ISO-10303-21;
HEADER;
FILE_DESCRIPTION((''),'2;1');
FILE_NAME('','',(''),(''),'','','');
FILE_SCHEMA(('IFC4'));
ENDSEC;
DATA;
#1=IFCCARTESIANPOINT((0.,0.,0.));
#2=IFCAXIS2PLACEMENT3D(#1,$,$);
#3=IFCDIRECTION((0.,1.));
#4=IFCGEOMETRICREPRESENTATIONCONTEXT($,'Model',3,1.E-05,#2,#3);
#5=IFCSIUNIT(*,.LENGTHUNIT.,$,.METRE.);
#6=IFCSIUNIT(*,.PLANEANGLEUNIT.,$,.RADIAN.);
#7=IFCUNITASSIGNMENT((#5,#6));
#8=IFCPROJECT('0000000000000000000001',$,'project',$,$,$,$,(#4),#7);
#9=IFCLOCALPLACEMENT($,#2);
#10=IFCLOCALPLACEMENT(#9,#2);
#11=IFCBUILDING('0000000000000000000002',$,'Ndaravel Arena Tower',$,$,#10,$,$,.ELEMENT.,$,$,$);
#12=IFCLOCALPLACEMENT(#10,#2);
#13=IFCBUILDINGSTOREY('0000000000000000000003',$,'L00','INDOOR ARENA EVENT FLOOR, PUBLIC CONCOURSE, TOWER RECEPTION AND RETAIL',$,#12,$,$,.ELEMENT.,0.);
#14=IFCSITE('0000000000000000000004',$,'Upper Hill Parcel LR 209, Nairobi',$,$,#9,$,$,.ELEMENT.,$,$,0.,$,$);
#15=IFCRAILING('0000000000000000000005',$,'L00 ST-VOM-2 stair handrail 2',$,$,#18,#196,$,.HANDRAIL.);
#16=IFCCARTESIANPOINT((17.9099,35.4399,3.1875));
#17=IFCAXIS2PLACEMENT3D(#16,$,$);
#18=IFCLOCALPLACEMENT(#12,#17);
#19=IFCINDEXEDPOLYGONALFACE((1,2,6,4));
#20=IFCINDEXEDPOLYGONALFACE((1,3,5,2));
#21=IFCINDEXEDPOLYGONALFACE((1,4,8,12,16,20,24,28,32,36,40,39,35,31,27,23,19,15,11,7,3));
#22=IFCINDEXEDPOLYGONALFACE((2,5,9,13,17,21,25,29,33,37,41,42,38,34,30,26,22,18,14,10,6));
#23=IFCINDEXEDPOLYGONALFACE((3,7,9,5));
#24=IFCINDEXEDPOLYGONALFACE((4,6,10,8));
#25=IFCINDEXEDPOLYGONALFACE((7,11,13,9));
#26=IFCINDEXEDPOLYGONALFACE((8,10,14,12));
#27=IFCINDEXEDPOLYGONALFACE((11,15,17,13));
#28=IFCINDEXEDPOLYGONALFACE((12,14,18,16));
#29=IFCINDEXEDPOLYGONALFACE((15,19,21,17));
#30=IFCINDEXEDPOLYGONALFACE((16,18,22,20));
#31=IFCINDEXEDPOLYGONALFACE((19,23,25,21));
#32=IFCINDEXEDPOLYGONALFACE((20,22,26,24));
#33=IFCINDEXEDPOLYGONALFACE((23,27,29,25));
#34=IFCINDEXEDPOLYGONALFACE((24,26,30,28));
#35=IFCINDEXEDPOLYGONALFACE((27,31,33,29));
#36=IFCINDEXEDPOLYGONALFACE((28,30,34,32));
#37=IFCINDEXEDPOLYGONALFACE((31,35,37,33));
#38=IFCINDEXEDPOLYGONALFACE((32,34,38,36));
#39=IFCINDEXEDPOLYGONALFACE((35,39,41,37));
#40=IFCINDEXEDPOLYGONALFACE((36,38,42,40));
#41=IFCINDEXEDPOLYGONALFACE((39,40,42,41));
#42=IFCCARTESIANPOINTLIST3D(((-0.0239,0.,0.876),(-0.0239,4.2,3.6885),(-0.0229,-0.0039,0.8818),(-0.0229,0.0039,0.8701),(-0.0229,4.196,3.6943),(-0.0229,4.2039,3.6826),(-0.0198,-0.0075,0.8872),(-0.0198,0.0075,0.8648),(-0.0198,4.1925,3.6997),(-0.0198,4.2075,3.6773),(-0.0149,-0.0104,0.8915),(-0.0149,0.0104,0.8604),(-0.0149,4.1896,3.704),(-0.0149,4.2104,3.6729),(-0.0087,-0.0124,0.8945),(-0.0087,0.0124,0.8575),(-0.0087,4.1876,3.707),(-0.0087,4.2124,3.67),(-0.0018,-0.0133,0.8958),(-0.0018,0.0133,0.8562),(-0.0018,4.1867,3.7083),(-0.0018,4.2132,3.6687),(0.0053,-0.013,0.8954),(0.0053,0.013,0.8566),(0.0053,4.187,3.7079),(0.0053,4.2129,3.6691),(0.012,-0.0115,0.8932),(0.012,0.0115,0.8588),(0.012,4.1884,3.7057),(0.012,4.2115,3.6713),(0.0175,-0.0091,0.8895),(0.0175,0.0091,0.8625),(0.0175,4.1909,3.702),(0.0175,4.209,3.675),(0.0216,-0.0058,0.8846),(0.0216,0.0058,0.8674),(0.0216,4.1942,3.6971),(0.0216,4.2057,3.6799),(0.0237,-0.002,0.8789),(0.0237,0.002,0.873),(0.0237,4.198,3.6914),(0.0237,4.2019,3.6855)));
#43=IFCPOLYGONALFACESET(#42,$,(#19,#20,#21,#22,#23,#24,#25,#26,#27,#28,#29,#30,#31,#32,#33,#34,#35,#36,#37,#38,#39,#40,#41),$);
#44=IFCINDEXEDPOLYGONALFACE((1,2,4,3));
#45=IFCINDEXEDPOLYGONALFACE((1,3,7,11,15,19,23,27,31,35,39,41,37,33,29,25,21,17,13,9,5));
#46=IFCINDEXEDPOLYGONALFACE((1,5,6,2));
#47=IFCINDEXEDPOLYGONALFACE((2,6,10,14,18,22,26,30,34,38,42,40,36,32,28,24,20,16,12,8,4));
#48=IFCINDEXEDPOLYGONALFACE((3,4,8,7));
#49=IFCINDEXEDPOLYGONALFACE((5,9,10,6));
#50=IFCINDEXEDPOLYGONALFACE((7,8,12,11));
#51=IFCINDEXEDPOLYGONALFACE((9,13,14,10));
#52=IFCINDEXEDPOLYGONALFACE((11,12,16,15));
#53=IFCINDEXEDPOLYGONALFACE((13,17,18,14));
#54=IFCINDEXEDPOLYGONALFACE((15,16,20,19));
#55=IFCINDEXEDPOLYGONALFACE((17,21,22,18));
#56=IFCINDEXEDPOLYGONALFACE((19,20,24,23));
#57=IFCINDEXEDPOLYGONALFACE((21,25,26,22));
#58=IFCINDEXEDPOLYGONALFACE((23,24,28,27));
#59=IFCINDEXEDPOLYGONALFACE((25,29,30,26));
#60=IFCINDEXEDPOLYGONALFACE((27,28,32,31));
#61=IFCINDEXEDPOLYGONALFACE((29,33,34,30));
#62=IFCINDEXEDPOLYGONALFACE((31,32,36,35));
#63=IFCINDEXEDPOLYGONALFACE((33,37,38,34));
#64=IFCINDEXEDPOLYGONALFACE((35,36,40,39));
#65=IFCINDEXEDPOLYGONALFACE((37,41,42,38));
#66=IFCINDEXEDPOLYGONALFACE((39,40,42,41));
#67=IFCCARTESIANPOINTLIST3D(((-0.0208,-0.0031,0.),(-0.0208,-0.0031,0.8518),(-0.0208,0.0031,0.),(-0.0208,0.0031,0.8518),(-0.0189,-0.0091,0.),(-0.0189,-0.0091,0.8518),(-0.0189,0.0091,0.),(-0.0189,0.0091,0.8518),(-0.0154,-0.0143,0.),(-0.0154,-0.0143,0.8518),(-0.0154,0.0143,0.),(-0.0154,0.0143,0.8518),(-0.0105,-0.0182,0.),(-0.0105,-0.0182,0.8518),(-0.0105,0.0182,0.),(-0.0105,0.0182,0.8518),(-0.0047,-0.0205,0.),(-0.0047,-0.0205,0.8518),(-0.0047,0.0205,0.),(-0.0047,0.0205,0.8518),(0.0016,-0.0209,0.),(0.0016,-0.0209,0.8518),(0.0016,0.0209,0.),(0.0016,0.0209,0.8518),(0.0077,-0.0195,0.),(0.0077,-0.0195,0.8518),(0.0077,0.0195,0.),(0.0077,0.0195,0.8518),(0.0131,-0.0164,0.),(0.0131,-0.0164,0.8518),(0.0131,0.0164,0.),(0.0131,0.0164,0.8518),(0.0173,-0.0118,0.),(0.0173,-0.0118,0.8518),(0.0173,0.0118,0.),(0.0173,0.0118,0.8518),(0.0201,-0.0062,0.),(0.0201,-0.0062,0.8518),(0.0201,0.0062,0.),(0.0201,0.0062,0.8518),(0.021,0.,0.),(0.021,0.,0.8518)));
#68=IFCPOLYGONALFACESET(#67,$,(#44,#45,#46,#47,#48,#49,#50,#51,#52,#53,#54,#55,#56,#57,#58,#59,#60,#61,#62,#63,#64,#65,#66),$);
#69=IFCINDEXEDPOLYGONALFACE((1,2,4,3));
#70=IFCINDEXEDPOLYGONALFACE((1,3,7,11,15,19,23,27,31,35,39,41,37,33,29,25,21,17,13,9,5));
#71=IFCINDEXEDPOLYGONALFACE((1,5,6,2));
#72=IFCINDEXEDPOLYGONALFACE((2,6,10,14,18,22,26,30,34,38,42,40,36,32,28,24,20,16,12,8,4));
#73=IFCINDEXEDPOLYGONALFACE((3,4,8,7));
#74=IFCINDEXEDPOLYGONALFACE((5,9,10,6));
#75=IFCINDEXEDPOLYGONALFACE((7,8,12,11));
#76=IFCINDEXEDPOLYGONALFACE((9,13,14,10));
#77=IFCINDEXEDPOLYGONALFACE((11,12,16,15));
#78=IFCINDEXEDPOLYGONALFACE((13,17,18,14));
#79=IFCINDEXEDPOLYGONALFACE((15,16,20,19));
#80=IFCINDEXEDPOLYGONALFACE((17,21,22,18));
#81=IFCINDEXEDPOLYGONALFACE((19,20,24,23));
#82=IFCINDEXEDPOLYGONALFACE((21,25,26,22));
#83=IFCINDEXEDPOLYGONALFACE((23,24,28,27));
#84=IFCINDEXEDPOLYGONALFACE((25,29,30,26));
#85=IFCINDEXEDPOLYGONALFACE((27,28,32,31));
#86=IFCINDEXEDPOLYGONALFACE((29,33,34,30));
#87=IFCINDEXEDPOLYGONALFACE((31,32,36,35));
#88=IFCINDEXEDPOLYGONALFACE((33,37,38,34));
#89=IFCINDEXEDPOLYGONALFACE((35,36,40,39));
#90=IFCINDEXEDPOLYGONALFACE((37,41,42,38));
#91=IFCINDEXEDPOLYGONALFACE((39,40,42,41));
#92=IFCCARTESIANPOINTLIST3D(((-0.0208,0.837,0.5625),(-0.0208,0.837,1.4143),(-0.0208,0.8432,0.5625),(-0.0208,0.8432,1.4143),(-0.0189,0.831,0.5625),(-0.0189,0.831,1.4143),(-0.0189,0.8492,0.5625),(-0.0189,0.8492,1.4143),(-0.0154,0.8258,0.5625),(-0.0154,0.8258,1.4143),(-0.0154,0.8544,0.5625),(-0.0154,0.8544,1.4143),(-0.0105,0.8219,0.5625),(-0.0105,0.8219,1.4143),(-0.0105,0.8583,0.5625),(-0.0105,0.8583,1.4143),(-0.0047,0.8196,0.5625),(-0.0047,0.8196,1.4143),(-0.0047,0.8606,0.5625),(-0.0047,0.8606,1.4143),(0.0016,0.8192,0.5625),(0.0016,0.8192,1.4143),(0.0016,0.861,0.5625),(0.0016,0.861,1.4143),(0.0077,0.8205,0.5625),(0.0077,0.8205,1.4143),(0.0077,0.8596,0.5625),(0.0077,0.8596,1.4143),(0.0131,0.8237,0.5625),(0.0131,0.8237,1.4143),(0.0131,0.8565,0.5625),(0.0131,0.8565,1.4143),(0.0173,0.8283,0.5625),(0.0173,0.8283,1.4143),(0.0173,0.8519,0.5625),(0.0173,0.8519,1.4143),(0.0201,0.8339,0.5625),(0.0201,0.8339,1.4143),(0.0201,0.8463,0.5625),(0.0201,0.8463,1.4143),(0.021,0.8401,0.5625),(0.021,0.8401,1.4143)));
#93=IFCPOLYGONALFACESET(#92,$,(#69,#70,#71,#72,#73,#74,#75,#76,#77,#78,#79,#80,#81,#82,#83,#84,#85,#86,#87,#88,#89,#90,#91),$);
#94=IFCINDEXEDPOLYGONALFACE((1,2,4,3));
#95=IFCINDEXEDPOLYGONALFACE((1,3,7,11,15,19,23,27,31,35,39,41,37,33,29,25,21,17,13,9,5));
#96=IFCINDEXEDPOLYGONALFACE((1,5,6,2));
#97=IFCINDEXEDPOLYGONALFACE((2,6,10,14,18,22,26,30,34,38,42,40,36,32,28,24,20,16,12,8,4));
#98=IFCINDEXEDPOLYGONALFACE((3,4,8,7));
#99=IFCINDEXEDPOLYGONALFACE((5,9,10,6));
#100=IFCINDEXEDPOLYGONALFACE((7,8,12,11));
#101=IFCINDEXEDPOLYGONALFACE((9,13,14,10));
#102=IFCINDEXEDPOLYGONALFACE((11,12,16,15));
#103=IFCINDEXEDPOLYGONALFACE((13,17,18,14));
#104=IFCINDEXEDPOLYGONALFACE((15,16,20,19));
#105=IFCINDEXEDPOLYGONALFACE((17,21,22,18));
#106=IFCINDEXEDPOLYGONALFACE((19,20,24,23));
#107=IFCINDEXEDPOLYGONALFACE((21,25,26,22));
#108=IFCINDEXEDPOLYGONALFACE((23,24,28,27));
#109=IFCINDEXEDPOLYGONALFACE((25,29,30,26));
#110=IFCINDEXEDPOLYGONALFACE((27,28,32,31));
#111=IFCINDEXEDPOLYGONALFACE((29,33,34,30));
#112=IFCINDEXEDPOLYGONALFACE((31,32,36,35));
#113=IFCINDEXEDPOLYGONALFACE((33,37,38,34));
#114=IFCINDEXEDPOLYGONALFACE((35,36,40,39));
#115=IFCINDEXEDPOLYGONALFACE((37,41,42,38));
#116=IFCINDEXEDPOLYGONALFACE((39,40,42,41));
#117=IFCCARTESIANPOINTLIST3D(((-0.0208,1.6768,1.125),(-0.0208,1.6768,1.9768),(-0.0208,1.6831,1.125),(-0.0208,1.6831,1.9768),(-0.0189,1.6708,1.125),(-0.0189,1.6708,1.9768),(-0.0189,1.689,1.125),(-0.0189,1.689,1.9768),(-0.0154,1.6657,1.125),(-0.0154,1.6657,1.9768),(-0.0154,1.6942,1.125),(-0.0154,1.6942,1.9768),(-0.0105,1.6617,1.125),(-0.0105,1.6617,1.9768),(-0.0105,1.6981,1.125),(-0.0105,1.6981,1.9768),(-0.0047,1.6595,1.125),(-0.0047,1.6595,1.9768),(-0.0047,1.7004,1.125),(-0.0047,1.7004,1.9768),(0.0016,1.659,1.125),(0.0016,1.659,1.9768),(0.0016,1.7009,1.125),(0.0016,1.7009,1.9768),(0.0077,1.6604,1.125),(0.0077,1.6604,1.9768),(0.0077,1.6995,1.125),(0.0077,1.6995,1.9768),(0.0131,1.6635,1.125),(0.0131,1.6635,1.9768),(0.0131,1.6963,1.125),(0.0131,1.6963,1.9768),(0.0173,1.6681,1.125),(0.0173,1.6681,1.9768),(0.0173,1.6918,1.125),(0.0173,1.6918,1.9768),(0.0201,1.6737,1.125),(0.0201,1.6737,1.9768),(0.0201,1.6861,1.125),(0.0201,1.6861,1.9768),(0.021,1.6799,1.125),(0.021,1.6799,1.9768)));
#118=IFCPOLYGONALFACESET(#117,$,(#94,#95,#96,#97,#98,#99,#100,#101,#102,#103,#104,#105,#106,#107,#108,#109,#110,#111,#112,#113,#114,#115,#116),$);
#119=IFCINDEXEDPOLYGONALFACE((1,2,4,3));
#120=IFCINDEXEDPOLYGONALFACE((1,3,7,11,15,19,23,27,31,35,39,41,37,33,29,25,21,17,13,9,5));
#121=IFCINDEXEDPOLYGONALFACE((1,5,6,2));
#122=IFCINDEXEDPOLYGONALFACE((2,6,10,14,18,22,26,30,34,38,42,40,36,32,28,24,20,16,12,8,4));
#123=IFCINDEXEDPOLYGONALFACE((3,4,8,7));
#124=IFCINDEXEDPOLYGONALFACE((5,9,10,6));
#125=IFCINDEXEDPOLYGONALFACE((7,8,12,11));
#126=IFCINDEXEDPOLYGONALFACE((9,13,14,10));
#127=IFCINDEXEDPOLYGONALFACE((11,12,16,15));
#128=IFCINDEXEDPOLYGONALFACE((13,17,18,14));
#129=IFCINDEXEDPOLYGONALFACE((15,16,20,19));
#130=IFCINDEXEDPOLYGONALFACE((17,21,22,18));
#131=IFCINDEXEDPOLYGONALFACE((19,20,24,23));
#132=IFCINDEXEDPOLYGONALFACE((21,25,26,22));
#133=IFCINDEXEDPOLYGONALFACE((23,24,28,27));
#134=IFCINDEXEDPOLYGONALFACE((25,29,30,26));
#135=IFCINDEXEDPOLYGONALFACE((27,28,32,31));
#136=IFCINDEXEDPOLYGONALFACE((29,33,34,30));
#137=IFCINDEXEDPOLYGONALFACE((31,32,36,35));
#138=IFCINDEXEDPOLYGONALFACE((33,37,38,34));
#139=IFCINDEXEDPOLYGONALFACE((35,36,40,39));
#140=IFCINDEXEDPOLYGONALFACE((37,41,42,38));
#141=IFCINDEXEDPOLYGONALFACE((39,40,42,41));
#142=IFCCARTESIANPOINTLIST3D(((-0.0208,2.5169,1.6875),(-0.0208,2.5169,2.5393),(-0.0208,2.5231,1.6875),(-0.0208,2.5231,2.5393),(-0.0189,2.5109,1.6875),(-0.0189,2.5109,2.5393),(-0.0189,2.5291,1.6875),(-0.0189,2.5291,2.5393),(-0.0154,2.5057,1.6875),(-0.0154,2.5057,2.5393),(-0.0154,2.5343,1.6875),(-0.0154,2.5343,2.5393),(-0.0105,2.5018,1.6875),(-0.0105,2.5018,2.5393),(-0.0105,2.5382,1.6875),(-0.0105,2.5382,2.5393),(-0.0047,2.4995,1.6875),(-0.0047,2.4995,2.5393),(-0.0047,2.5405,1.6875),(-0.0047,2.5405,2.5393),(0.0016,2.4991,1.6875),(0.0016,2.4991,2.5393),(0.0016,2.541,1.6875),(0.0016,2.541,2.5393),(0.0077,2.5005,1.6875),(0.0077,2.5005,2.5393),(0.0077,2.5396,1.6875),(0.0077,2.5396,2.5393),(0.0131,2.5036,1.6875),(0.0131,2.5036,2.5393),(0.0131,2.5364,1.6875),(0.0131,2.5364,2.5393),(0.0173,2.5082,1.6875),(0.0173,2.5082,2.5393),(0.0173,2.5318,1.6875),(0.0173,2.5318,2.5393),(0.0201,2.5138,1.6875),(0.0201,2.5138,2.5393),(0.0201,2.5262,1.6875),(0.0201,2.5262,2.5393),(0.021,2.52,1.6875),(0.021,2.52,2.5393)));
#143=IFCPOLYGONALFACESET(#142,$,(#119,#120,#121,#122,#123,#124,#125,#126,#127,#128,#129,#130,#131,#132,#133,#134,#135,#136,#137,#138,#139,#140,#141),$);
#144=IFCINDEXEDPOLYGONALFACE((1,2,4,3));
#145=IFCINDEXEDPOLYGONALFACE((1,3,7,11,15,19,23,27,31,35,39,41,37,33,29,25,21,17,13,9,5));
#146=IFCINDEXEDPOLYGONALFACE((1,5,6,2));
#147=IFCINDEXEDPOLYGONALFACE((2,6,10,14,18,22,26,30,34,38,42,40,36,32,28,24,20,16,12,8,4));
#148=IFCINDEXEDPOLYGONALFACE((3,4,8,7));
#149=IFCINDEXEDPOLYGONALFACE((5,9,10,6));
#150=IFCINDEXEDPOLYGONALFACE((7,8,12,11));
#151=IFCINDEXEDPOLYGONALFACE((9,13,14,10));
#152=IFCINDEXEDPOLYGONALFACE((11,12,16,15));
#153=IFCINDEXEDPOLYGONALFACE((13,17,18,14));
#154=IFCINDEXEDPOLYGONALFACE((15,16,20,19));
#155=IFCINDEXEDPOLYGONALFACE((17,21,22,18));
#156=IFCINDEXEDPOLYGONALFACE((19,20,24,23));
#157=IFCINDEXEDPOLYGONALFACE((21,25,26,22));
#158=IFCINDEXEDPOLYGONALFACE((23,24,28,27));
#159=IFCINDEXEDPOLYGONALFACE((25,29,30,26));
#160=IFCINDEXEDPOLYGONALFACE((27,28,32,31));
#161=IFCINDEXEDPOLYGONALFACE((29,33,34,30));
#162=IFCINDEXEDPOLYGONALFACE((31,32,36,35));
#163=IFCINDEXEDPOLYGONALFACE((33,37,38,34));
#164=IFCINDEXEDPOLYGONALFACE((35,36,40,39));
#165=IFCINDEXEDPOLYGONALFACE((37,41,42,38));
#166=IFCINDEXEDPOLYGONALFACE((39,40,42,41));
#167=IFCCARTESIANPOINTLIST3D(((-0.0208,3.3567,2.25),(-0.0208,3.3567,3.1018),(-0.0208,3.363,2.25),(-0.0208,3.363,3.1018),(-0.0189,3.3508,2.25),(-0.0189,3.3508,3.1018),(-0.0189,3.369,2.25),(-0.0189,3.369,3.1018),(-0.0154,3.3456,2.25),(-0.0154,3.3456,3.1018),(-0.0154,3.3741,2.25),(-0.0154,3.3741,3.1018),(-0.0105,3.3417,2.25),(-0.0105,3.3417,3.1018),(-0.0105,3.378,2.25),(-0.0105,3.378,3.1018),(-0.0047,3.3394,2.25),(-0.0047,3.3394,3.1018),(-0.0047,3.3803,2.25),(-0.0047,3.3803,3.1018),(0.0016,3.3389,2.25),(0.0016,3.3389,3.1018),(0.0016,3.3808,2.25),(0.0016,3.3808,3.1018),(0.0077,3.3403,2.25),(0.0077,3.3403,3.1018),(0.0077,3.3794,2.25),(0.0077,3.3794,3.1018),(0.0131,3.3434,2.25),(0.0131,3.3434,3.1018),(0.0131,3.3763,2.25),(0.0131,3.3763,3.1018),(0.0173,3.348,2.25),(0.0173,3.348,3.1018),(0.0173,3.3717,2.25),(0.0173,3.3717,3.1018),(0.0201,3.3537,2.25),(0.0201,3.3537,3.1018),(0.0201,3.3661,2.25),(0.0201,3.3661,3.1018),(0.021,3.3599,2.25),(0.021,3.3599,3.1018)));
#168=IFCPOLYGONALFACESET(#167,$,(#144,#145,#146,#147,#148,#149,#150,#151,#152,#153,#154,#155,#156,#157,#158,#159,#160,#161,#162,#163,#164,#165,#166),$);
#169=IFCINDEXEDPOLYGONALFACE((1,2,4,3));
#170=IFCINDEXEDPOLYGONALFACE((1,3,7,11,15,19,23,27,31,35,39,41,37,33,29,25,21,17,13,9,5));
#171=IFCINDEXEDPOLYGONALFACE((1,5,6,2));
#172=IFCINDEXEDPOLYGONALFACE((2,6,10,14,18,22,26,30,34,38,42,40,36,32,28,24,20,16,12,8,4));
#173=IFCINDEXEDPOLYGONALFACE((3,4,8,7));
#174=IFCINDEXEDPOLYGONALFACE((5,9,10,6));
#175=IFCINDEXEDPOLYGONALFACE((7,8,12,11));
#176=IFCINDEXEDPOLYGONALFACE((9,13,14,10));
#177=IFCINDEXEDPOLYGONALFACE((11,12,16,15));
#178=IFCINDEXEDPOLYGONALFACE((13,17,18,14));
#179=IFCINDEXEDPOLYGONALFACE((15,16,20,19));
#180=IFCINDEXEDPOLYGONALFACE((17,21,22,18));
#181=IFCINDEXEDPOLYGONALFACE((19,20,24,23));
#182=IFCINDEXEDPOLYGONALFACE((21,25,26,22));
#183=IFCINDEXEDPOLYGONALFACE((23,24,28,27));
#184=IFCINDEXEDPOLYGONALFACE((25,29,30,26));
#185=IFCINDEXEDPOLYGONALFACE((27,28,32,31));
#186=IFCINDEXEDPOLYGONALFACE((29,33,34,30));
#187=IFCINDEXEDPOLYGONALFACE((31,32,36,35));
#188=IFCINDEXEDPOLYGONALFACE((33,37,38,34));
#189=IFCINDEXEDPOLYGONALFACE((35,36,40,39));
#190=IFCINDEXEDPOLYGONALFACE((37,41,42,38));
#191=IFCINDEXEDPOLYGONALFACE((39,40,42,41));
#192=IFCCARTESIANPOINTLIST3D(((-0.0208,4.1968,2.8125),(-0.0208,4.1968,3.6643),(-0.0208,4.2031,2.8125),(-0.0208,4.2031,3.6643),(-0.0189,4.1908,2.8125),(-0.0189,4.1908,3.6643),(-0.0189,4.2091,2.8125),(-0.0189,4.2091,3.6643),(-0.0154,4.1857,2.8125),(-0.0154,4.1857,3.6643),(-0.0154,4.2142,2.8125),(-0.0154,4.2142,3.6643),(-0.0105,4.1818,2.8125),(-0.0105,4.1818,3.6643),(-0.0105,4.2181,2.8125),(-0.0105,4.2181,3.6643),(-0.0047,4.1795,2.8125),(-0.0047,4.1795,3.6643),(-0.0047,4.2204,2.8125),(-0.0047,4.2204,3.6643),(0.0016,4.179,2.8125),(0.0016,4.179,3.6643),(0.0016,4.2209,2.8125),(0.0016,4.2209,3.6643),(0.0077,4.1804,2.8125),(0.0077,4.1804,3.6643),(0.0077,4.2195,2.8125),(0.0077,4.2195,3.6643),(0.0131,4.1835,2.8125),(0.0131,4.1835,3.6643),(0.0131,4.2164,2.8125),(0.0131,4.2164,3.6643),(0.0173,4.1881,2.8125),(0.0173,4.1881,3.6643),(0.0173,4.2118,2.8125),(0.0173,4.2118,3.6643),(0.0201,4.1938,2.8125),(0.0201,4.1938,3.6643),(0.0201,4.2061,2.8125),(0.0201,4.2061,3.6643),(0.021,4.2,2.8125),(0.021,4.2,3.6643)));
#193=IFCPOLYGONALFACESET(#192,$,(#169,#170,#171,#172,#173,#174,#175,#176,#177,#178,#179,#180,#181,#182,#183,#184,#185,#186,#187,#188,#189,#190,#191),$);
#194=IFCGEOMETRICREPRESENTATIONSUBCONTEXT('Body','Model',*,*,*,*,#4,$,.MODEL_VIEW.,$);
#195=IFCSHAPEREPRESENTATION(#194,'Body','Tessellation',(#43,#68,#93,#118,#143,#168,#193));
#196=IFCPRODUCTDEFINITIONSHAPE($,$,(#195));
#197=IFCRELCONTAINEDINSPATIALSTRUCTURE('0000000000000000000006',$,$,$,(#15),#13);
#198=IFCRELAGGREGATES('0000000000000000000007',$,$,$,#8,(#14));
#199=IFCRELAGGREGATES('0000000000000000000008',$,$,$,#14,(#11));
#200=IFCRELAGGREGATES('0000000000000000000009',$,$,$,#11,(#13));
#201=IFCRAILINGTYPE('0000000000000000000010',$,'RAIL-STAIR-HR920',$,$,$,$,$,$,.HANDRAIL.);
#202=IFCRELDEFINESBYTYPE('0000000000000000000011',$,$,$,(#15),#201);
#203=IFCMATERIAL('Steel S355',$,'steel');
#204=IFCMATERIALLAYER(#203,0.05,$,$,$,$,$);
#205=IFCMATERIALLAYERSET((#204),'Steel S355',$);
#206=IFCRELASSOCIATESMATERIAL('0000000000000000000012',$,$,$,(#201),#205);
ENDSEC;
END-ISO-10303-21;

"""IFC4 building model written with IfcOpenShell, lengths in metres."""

from ifc_helpers import new_model, si_unit, direction, frame, origin, origin_2d, place, context, subcontext, project, spatial, circle, extrude, material, layer, layer_set, type_object, element, save


model = new_model("IFC4")

# Units and contexts
model_context = context("Model", 3, precision=1e-05, world=origin(), true_north=direction((0.0, 1.0)))
body_context = subcontext(model_context, "Body", "Model", "MODEL_VIEW")
ifc_project = project(units=[si_unit("LENGTHUNIT", "METRE"), si_unit("PLANEANGLEUNIT", "RADIAN")], contexts=[model_context])

# Site, building, storey
site_placement = place(None, origin())
site = spatial("IfcSite", under=ifc_project, at=site_placement, Name="Upper Hill Parcel LR 209, Nairobi", CompositionType="ELEMENT", RefElevation=0.0)
building_placement = place(site_placement, origin())
building = spatial("IfcBuilding", under=site, at=building_placement, Name="Ndaravel Arena Tower", CompositionType="ELEMENT")
storey_placement = place(building_placement, origin())
storey = spatial("IfcBuildingStorey", under=building, at=storey_placement, Name="L00", Description="INDOOR ARENA EVENT FLOOR, PUBLIC CONCOURSE, TOWER RECEPTION AND RETAIL", CompositionType="ELEMENT", Elevation=0.0)

# Railing
ifc_material_1 = material(Name="Steel S355", Category="steel")
ifc_layer_1 = layer(ifc_material_1, 0.05)
ifc_layer_set_1 = layer_set([ifc_layer_1], Name="Steel S355")
railing_type_1 = type_object("IfcRailingType", Name="RAIL-STAIR-HR920", PredefinedType="HANDRAIL", material=ifc_layer_set_1)
railing_1_placement = place(storey_placement, frame((17.9099, 35.4399, 3.1875)))
element("IfcRailing", 1, at=railing_1_placement, inside=storey, type_object=railing_type_1, Name="L00 ST-VOM-2 stair handrail 2", PredefinedType="HANDRAIL", context=body_context, shape_type="SweptSolid", body=[
    extrude(circle(Radius=0.0239, at=origin_2d()), frame((0.0, 0.0, 0.876), z_axis=(0.0, 0.830904, 0.556416), x_axis=(-1.0, 0.0, 0.0)), (0.0, 0.0, 1.0), 5.0547),
    extrude(circle(Radius=0.021, at=origin_2d()), origin(), (0.0, 0.0, 1.0), 0.8518),
    extrude(circle(Radius=0.021, at=origin_2d()), frame((0.0, 0.8401, 0.5625)), (0.0, 0.0, 1.0), 0.8518),
    extrude(circle(Radius=0.021, at=origin_2d()), frame((0.0, 1.6799, 1.125)), (0.0, 0.0, 1.0), 0.8518),
    extrude(circle(Radius=0.021, at=origin_2d()), frame((0.0, 2.52, 1.6875)), (0.0, 0.0, 1.0), 0.8518),
    extrude(circle(Radius=0.021, at=origin_2d()), frame((0.0, 3.3599, 2.25)), (0.0, 0.0, 1.0), 0.8518),
    extrude(circle(Radius=0.021, at=origin_2d()), frame((0.0, 4.2, 2.8125)), (0.0, 0.0, 1.0), 0.8518),
])

save(model, "model.ifc")
